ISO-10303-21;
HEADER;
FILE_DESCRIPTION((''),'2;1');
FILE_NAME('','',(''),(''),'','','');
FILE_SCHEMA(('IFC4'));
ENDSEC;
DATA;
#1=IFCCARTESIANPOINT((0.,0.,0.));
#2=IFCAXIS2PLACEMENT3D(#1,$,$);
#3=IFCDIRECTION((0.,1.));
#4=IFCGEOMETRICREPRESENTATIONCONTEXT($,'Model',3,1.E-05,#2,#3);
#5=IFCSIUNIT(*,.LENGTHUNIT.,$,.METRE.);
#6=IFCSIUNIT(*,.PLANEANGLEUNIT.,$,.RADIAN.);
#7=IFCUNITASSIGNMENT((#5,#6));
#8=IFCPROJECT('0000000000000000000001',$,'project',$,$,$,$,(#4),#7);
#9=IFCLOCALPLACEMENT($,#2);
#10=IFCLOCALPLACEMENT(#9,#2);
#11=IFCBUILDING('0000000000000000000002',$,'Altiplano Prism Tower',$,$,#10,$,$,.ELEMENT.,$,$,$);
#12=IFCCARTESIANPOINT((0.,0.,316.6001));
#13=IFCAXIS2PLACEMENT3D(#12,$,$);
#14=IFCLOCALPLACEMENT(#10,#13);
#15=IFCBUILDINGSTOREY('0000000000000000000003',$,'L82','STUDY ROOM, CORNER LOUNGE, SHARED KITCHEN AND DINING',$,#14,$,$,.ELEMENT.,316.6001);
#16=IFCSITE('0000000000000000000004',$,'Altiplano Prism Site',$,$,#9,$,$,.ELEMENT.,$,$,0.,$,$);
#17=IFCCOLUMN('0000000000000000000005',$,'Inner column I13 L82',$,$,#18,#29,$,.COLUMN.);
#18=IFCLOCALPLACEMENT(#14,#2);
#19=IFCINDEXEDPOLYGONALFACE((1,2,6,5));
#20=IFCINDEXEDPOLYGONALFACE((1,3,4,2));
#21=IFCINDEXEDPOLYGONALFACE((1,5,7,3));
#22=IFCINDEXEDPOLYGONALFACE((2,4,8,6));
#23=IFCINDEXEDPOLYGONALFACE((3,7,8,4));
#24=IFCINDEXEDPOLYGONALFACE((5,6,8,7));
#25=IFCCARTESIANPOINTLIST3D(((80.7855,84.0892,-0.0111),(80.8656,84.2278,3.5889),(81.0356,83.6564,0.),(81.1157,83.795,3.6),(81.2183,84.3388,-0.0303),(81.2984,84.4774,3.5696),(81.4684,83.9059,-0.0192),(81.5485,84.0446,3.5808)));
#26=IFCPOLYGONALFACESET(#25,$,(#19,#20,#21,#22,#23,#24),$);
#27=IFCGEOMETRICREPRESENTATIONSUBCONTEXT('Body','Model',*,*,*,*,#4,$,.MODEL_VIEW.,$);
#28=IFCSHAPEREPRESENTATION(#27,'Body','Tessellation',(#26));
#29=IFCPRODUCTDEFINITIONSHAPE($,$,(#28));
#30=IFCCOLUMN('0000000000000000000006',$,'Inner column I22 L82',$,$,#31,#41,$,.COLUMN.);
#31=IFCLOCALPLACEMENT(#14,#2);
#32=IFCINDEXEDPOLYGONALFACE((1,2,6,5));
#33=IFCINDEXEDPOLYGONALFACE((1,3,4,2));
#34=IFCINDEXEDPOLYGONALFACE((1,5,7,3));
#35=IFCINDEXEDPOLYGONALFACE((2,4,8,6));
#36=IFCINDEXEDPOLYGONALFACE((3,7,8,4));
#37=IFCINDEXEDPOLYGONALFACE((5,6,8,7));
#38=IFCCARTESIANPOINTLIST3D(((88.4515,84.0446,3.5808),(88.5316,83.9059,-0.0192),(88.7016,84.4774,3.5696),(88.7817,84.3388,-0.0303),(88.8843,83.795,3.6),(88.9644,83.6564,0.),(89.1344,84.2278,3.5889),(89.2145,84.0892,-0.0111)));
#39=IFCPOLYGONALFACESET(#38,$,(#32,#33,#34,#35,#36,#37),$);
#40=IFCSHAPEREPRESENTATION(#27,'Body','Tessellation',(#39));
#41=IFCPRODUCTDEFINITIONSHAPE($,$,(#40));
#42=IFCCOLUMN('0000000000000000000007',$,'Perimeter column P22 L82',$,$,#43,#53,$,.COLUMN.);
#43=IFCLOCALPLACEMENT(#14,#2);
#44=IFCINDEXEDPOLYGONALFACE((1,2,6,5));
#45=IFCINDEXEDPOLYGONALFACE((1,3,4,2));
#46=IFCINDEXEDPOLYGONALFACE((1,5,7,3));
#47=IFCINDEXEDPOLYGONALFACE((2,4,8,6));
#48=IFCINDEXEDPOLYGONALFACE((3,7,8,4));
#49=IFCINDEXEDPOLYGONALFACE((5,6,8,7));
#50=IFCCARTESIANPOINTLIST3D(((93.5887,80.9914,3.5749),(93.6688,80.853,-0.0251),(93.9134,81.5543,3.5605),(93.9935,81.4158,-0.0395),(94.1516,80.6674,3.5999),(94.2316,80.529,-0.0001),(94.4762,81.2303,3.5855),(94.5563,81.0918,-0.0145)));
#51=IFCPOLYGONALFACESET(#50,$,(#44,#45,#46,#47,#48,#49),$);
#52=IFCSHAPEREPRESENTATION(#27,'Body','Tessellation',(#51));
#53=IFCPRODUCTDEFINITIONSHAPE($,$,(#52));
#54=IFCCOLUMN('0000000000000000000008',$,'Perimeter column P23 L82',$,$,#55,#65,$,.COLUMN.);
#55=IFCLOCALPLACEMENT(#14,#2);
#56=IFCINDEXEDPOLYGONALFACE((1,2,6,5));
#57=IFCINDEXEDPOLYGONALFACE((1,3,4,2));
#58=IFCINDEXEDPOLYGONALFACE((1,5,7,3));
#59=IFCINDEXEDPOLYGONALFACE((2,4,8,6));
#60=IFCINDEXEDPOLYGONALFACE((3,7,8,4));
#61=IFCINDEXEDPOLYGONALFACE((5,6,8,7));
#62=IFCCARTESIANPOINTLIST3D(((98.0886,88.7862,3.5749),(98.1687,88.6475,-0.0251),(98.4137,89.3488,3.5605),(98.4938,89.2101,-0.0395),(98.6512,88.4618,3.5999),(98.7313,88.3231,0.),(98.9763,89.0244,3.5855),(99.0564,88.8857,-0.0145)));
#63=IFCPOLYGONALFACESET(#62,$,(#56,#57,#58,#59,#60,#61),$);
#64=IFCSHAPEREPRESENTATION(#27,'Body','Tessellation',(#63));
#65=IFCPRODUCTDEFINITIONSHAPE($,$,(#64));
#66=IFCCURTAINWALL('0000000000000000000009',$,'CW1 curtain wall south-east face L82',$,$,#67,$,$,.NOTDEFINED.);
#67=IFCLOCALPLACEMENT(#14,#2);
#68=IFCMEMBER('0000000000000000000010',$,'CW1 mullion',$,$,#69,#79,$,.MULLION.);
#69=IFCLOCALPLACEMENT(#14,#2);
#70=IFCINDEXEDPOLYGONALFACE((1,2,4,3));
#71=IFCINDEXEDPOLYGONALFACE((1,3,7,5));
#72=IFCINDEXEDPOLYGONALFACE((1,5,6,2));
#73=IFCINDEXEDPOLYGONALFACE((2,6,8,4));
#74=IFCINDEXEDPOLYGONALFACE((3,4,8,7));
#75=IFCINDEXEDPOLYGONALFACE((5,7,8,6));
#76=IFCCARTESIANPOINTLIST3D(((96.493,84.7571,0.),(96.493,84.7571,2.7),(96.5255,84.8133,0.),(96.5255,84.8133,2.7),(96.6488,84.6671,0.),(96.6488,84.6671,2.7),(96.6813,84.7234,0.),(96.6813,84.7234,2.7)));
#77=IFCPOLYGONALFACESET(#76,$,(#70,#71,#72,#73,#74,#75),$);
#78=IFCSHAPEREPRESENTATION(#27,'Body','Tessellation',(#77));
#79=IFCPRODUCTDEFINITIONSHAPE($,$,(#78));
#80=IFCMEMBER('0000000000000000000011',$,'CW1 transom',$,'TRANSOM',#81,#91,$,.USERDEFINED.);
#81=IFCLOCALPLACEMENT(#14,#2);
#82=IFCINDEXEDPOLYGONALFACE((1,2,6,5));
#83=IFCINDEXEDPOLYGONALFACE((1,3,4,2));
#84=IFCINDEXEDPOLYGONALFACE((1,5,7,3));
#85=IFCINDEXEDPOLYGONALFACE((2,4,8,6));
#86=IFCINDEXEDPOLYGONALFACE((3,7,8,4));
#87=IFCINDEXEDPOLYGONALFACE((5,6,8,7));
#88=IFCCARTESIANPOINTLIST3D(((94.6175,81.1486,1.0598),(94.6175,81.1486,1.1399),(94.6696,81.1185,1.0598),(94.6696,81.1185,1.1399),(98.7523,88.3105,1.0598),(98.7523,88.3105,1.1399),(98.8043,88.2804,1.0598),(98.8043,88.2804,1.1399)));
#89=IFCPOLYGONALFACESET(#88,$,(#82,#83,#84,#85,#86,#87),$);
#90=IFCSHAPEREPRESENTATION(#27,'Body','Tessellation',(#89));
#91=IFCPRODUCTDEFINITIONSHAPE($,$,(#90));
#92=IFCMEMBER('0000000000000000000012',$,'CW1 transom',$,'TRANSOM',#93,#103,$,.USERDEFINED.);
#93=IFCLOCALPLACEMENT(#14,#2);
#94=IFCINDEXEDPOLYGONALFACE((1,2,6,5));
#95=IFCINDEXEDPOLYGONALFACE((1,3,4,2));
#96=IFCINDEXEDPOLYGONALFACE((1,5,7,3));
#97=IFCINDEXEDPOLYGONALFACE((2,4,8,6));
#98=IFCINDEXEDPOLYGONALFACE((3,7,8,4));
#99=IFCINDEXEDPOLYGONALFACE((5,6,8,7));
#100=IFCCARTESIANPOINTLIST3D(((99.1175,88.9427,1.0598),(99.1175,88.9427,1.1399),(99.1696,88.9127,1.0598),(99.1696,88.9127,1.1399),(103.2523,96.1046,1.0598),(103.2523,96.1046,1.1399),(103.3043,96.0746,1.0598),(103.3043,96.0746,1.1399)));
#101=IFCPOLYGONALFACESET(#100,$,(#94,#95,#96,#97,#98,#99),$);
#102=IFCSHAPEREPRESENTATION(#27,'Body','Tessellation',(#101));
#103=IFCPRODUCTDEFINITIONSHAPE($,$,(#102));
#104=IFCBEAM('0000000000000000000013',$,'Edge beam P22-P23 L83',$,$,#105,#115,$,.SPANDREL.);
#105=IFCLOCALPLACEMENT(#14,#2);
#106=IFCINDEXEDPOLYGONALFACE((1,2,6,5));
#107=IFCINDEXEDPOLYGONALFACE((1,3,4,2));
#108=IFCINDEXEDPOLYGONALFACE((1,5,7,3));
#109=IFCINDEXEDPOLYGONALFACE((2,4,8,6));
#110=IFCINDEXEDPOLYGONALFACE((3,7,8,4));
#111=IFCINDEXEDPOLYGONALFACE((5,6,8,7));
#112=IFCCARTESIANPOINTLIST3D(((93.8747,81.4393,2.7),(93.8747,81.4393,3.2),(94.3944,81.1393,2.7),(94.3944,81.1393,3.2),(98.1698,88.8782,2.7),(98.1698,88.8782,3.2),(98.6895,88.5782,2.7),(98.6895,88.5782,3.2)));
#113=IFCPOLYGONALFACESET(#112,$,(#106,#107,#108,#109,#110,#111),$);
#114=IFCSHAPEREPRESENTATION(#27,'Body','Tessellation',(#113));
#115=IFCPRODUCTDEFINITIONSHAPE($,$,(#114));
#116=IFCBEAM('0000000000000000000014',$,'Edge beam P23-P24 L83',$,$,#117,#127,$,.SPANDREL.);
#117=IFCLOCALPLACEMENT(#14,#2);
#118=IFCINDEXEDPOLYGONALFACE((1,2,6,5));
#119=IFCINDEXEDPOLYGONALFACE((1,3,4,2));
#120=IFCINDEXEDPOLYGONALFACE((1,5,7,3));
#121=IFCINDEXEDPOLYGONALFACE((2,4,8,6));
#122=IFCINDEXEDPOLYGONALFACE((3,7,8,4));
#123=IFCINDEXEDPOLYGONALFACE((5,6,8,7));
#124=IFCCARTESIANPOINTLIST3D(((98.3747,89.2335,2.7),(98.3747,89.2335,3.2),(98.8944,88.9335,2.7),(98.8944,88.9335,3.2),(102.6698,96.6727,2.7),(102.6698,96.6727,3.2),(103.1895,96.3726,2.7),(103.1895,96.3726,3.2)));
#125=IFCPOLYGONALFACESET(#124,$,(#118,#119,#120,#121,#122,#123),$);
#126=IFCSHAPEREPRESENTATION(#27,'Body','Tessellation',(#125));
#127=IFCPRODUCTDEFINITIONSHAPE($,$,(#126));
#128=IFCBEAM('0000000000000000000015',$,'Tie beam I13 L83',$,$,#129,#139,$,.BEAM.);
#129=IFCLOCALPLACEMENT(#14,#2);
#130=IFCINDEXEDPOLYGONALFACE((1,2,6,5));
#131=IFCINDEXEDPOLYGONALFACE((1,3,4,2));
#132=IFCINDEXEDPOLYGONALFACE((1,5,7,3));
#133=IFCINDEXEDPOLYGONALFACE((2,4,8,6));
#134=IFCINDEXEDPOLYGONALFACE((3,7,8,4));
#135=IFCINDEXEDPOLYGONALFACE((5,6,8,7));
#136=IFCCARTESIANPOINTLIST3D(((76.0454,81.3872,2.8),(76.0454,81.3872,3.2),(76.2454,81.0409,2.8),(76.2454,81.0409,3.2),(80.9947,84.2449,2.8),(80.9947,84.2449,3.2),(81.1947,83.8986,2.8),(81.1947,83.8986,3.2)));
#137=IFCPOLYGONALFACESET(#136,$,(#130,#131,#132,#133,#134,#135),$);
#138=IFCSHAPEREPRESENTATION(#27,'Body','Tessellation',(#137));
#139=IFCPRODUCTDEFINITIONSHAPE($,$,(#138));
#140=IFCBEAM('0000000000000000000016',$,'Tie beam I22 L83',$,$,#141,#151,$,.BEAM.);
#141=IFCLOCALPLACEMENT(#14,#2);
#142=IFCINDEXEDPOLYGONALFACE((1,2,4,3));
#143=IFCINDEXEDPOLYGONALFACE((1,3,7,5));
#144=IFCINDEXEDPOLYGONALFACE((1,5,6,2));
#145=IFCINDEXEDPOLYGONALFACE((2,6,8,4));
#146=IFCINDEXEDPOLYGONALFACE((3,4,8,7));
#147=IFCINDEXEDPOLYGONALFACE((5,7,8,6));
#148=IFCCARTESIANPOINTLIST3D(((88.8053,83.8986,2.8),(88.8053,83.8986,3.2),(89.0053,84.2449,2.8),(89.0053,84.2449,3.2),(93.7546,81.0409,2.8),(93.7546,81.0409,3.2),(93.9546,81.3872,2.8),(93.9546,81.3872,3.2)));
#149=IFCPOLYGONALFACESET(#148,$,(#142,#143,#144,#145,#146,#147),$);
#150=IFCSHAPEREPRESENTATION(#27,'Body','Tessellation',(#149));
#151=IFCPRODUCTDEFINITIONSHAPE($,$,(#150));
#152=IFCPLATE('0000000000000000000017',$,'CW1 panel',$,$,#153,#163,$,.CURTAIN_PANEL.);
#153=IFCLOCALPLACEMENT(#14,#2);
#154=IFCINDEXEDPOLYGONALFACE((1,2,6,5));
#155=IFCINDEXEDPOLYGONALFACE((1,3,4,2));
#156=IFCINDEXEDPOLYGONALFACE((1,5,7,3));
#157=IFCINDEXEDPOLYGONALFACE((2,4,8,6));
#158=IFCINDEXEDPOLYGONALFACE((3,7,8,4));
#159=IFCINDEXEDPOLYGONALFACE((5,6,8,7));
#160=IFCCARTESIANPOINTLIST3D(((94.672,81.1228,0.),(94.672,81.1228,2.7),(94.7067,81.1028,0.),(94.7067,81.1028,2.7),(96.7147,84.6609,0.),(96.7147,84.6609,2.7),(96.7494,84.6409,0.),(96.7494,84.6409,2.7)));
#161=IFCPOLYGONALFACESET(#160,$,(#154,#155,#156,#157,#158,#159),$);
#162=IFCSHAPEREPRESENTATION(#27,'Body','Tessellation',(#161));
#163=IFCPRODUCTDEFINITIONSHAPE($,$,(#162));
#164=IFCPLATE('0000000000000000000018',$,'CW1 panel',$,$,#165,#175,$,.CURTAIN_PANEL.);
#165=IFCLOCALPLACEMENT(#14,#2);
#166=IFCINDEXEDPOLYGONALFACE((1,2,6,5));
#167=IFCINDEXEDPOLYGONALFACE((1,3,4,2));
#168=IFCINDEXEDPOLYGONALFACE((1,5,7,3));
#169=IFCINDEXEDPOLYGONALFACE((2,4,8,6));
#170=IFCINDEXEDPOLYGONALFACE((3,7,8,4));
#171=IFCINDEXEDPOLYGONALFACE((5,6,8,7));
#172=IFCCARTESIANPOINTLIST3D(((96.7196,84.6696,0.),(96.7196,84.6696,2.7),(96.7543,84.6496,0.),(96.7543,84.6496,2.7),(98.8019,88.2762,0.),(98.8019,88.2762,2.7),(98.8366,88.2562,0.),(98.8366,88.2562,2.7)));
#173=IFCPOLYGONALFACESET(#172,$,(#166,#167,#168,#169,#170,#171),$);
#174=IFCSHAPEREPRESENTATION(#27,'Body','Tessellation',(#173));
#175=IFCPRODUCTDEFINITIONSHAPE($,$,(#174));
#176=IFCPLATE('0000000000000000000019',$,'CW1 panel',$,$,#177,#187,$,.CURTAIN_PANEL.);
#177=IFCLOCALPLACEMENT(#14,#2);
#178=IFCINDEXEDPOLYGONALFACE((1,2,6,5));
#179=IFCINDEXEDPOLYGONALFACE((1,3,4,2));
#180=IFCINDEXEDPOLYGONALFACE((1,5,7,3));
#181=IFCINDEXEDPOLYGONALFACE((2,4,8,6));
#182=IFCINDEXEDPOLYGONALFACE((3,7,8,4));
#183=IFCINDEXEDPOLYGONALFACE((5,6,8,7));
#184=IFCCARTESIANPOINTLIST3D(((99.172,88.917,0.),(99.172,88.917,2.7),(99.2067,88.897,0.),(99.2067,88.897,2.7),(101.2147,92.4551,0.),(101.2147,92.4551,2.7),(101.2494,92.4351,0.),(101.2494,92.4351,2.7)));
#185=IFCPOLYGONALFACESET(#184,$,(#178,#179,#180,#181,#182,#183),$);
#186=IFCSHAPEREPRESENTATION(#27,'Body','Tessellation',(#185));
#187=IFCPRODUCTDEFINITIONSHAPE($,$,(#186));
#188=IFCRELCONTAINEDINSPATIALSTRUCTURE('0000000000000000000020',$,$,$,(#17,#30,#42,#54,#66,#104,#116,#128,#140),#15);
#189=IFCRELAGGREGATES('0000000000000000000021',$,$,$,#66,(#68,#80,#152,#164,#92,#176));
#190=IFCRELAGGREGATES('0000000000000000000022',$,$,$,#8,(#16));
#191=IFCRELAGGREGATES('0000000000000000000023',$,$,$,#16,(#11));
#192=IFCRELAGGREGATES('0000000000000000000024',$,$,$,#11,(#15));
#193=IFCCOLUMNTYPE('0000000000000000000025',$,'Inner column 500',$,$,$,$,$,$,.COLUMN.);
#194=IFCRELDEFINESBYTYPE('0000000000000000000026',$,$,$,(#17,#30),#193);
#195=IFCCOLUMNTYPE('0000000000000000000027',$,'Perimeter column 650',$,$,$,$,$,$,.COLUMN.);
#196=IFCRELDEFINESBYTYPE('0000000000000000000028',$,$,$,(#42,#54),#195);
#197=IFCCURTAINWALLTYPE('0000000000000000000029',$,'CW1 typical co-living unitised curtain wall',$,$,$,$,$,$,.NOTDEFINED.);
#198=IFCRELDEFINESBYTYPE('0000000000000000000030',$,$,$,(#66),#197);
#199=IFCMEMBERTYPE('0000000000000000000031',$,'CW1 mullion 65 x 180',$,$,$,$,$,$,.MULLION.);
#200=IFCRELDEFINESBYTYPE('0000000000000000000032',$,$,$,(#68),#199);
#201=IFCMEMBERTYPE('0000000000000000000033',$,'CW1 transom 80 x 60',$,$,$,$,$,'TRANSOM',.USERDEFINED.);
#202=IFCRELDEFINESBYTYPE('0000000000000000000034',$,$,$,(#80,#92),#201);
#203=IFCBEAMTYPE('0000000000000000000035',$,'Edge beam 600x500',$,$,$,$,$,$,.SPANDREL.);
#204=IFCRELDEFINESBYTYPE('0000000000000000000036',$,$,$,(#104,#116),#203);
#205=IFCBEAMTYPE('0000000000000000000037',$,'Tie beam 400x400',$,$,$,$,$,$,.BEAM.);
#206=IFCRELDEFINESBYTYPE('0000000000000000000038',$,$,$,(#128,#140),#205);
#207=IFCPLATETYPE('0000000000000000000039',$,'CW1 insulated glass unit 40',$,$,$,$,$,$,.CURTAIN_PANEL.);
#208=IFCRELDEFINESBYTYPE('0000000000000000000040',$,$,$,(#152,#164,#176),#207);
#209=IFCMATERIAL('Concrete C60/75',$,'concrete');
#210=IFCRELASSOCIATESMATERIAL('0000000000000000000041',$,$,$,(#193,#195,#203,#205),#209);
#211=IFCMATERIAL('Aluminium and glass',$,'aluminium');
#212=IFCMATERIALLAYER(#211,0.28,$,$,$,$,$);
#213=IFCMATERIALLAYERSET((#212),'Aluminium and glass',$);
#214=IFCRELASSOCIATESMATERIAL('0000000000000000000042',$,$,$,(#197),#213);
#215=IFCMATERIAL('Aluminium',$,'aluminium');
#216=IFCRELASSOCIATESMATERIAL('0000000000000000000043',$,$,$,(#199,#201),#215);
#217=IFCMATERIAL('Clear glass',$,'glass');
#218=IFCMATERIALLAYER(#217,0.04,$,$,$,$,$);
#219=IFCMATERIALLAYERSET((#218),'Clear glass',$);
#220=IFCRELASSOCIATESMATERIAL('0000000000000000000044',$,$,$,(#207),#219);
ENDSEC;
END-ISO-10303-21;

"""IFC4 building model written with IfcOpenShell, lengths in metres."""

from ifc_helpers import new_model, si_unit, direction, frame, origin, origin_2d, place, context, subcontext, project, spatial, rectangle, extrude, material, layer, layer_set, material_profile, profile_set, type_object, element, aggregate, save


model = new_model("IFC4")

# Units and contexts
model_context = context("Model", 3, precision=1e-05, world=origin(), true_north=direction((0.0, 1.0)))
body_context = subcontext(model_context, "Body", "Model", "MODEL_VIEW")
ifc_project = project(units=[si_unit("LENGTHUNIT", "METRE"), si_unit("PLANEANGLEUNIT", "RADIAN")], contexts=[model_context])

# Site, building, storey
site_placement = place(None, origin())
site = spatial("IfcSite", under=ifc_project, at=site_placement, Name="Altiplano Prism Site", CompositionType="ELEMENT", RefElevation=0.0)
building_placement = place(site_placement, origin())
building = spatial("IfcBuilding", under=site, at=building_placement, Name="Altiplano Prism Tower", CompositionType="ELEMENT")
storey_placement = place(building_placement, frame((0.0, 0.0, 316.6001)))
storey = spatial("IfcBuildingStorey", under=building, at=storey_placement, Name="L82", Description="STUDY ROOM, CORNER LOUNGE, SHARED KITCHEN AND DINING", CompositionType="ELEMENT", Elevation=316.6001)

# Columns
ifc_material_1 = material(Name="Concrete C60/75", Category="concrete")
ifc_material_profile_1 = material_profile(ifc_material_1, rectangle(XDim=0.5, YDim=0.5, at=origin_2d()), Name="Inner column 500")
ifc_profile_set_1 = profile_set([ifc_material_profile_1], Name="Concrete C60/75")
column_type_1 = type_object("IfcColumnType", Name="Inner column 500", PredefinedType="COLUMN", material=ifc_profile_set_1)
for number, where, z_axis, x_axis, name in (
    (1, (81.127, 83.9976, -0.0151), (0.022223, 0.038483, 0.999012), (-0.865639, -0.499187, 0.038485), "Inner column I13 L82"),
    (2, (88.873, 83.9976, -0.0151), (-0.022223, 0.038483, 0.999012), (-0.500175, -0.865639, 0.022219), "Inner column I22 L82"),
):
    element("IfcColumn", number, at=place(storey_placement, frame(where, z_axis=z_axis, x_axis=x_axis)), inside=storey, type_object=column_type_1, Name=name, PredefinedType="COLUMN", context=body_context, shape_type="SweptSolid", body=[
        extrude(rectangle(XDim=0.5, YDim=0.5, at=origin_2d()), origin(), (0.0, 0.0, 1.0), 3.6035),
    ])
ifc_material_profile_2 = material_profile(ifc_material_1, rectangle(XDim=0.6499, YDim=0.6499, at=origin_2d()), Name="Perimeter column 650")
ifc_profile_set_2 = profile_set([ifc_material_profile_2], Name="Concrete C60/75")
column_type_2 = type_object("IfcColumnType", Name="Perimeter column 650", PredefinedType="COLUMN", material=ifc_profile_set_2)
for number, where, z_axis, x_axis, name in (
    (3, (94.1125, 80.9724, -0.0198), (-0.022223, 0.038416, 0.999015), (-0.499513, -0.866022, 0.02219), "Perimeter column P22 L82"),
    (4, (98.6125, 88.7666, -0.0198), (-0.022223, 0.038483, 0.999012), (-0.500175, -0.865639, 0.022219), "Perimeter column P23 L82"),
):
    element("IfcColumn", number, at=place(storey_placement, frame(where, z_axis=z_axis, x_axis=x_axis)), inside=storey, type_object=column_type_2, Name=name, PredefinedType="COLUMN", context=body_context, shape_type="SweptSolid", body=[
        extrude(rectangle(XDim=0.6499, YDim=0.6499, at=origin_2d()), origin(), (0.0, 0.0, 1.0), 3.6035),
    ])

# Curtain wall, members
ifc_material_2 = material(Name="Aluminium and glass", Category="aluminium")
ifc_layer_1 = layer(ifc_material_2, 0.28)
ifc_layer_set_1 = layer_set([ifc_layer_1], Name="Aluminium and glass")
curtain_wall_type = type_object("IfcCurtainWallType", Name="CW1 typical co-living unitised curtain wall", PredefinedType="NOTDEFINED", material=ifc_layer_set_1)
curtain_wall_placement = place(storey_placement, origin())
curtain_wall = element("IfcCurtainWall", 5, at=curtain_wall_placement, inside=storey, type_object=curtain_wall_type, Name="CW1 curtain wall south-east face L82", PredefinedType="NOTDEFINED")
ifc_material_3 = material(Name="Aluminium", Category="aluminium")
ifc_material_profile_3 = material_profile(ifc_material_3, rectangle(XDim=0.1799, YDim=0.0649, at=origin_2d()), Name="CW1 mullion 65 x 180")
ifc_profile_set_3 = profile_set([ifc_material_profile_3], Name="Aluminium")
member_type_1 = type_object("IfcMemberType", Name="CW1 mullion 65 x 180", PredefinedType="MULLION", material=ifc_profile_set_3)
member_1_placement = place(storey_placement, frame((96.5872, 84.7402, 0.0), z_axis=(0.0, 0.0, 1.0), x_axis=(-0.866025, 0.5, 0.0)))
member_1 = element("IfcMember", 6, at=member_1_placement, type_object=member_type_1, Name="CW1 mullion", PredefinedType="MULLION", context=body_context, shape_type="SweptSolid", body=[
    extrude(rectangle(XDim=0.1799, YDim=0.0649, at=origin_2d()), origin(), (0.0, 0.0, 1.0), 2.7),
])
ifc_material_profile_4 = material_profile(ifc_material_3, rectangle(XDim=0.0601, YDim=0.0801, at=origin_2d()), Name="CW1 transom 80 x 60")
ifc_profile_set_4 = profile_set([ifc_material_profile_4], Name="Aluminium")
member_type_2 = type_object("IfcMemberType", Name="CW1 transom 80 x 60", ElementType="TRANSOM", PredefinedType="USERDEFINED", material=ifc_profile_set_4)
member_2_placement = place(storey_placement, frame((94.6436, 81.1335, 1.0999), z_axis=(0.499987, 0.866033, 0.0), x_axis=(-0.866033, 0.499987, 0.0)))
member_2 = element("IfcMember", 7, at=member_2_placement, type_object=member_type_2, Name="CW1 transom", ObjectType="TRANSOM", PredefinedType="USERDEFINED", context=body_context, shape_type="SweptSolid", body=[
    extrude(rectangle(XDim=0.0601, YDim=0.0801, at=origin_2d()), origin(), (0.0, 0.0, 1.0), 8.2698),
])
member_3_placement = place(storey_placement, frame((99.1436, 88.9277, 1.0999), z_axis=(0.499987, 0.866033, 0.0), x_axis=(-0.866033, 0.499987, 0.0)))
member_3 = element("IfcMember", 8, at=member_3_placement, type_object=member_type_2, Name="CW1 transom", ObjectType="TRANSOM", PredefinedType="USERDEFINED", context=body_context, shape_type="SweptSolid", body=[
    extrude(rectangle(XDim=0.0601, YDim=0.0801, at=origin_2d()), origin(), (0.0, 0.0, 1.0), 8.2698),
])

# Beams
ifc_material_profile_5 = material_profile(ifc_material_1, rectangle(XDim=0.6001, YDim=0.5, at=origin_2d()), Name="Edge beam 600x500")
ifc_profile_set_5 = profile_set([ifc_material_profile_5], Name="Concrete C60/75")
beam_type_1 = type_object("IfcBeamType", Name="Edge beam 600x500", PredefinedType="SPANDREL", material=ifc_profile_set_5)
beam_1_placement = place(storey_placement, frame((94.1345, 81.2893, 2.95), z_axis=(0.500024, 0.866011, 0.0), x_axis=(-0.866011, 0.500024, 0.0)))
element("IfcBeam", 9, at=beam_1_placement, inside=storey, type_object=beam_type_1, Name="Edge beam P22-P23 L83", PredefinedType="SPANDREL", context=body_context, shape_type="SweptSolid", body=[
    extrude(rectangle(XDim=0.6001, YDim=0.5, at=origin_2d()), origin(), (0.0, 0.0, 1.0), 8.5898),
])
beam_2_placement = place(storey_placement, frame((98.6345, 89.0835, 2.95), z_axis=(0.500012, 0.866019, 0.0), x_axis=(-0.866019, 0.500012, 0.0)))
element("IfcBeam", 10, at=beam_2_placement, inside=storey, type_object=beam_type_1, Name="Edge beam P23-P24 L83", PredefinedType="SPANDREL", context=body_context, shape_type="SweptSolid", body=[
    extrude(rectangle(XDim=0.6001, YDim=0.5, at=origin_2d()), origin(), (0.0, 0.0, 1.0), 8.5901),
])
ifc_material_profile_6 = material_profile(ifc_material_1, rectangle(XDim=0.3999, YDim=0.3999, at=origin_2d()), Name="Tie beam 400x400")
ifc_profile_set_6 = profile_set([ifc_material_profile_6], Name="Concrete C60/75")
beam_type_2 = type_object("IfcBeamType", Name="Tie beam 400x400", PredefinedType="BEAM", material=ifc_profile_set_6)
for number, where, z_axis, x_axis, name in (
    (11, (81.0947, 84.0718, 3.0), (-0.866008, -0.500031, 0.0), (0.500031, -0.866008, 0.0), "Tie beam I13 L83"),
    (12, (88.9053, 84.0718, 3.0), (0.866008, -0.500031, 0.0), (0.500031, 0.866008, 0.0), "Tie beam I22 L83"),
):
    element("IfcBeam", number, at=place(storey_placement, frame(where, z_axis=z_axis, x_axis=x_axis)), inside=storey, type_object=beam_type_2, Name=name, PredefinedType="BEAM", context=body_context, shape_type="SweptSolid", body=[
        extrude(rectangle(XDim=0.3999, YDim=0.3999, at=origin_2d()), origin(), (0.0, 0.0, 1.0), 5.7151),
    ])

# Plates
ifc_material_4 = material(Name="Clear glass", Category="glass")
ifc_layer_2 = layer(ifc_material_4, 0.04)
ifc_layer_set_2 = layer_set([ifc_layer_2], Name="Clear glass")
plate_type = type_object("IfcPlateType", Name="CW1 insulated glass unit 40", PredefinedType="CURTAIN_PANEL", material=ifc_layer_set_2)
plate_1_placement = place(storey_placement, frame((95.7107, 82.8818, 0.0), z_axis=(0.0, 0.0, 1.0), x_axis=(0.5, 0.866025, 0.0)))
plate_1 = element("IfcPlate", 13, at=plate_1_placement, type_object=plate_type, Name="CW1 panel", PredefinedType="CURTAIN_PANEL", context=body_context, shape_type="SweptSolid", body=[
    extrude(rectangle(XDim=4.0854, YDim=0.04, at=origin_2d()), origin(), (0.0, 0.0, 1.0), 2.7),
])
plate_2_placement = place(storey_placement, frame((97.7781, 86.4629, 0.0), z_axis=(0.0, 0.0, 1.0), x_axis=(0.5, 0.866025, 0.0)))
plate_2 = element("IfcPlate", 14, at=plate_2_placement, type_object=plate_type, Name="CW1 panel", PredefinedType="CURTAIN_PANEL", context=body_context, shape_type="SweptSolid", body=[
    extrude(rectangle(XDim=4.1646, YDim=0.04, at=origin_2d()), origin(), (0.0, 0.0, 1.0), 2.7),
])
plate_3_placement = place(storey_placement, frame((100.2107, 90.676, 0.0), z_axis=(0.0, 0.0, 1.0), x_axis=(0.5, 0.866025, 0.0)))
plate_3 = element("IfcPlate", 15, at=plate_3_placement, type_object=plate_type, Name="CW1 panel", PredefinedType="CURTAIN_PANEL", context=body_context, shape_type="SweptSolid", body=[
    extrude(rectangle(XDim=4.0854, YDim=0.04, at=origin_2d()), origin(), (0.0, 0.0, 1.0), 2.7),
])
aggregate(curtain_wall, [member_1, member_2, plate_1, plate_2, member_3, plate_3])

save(model, "model.ifc")
